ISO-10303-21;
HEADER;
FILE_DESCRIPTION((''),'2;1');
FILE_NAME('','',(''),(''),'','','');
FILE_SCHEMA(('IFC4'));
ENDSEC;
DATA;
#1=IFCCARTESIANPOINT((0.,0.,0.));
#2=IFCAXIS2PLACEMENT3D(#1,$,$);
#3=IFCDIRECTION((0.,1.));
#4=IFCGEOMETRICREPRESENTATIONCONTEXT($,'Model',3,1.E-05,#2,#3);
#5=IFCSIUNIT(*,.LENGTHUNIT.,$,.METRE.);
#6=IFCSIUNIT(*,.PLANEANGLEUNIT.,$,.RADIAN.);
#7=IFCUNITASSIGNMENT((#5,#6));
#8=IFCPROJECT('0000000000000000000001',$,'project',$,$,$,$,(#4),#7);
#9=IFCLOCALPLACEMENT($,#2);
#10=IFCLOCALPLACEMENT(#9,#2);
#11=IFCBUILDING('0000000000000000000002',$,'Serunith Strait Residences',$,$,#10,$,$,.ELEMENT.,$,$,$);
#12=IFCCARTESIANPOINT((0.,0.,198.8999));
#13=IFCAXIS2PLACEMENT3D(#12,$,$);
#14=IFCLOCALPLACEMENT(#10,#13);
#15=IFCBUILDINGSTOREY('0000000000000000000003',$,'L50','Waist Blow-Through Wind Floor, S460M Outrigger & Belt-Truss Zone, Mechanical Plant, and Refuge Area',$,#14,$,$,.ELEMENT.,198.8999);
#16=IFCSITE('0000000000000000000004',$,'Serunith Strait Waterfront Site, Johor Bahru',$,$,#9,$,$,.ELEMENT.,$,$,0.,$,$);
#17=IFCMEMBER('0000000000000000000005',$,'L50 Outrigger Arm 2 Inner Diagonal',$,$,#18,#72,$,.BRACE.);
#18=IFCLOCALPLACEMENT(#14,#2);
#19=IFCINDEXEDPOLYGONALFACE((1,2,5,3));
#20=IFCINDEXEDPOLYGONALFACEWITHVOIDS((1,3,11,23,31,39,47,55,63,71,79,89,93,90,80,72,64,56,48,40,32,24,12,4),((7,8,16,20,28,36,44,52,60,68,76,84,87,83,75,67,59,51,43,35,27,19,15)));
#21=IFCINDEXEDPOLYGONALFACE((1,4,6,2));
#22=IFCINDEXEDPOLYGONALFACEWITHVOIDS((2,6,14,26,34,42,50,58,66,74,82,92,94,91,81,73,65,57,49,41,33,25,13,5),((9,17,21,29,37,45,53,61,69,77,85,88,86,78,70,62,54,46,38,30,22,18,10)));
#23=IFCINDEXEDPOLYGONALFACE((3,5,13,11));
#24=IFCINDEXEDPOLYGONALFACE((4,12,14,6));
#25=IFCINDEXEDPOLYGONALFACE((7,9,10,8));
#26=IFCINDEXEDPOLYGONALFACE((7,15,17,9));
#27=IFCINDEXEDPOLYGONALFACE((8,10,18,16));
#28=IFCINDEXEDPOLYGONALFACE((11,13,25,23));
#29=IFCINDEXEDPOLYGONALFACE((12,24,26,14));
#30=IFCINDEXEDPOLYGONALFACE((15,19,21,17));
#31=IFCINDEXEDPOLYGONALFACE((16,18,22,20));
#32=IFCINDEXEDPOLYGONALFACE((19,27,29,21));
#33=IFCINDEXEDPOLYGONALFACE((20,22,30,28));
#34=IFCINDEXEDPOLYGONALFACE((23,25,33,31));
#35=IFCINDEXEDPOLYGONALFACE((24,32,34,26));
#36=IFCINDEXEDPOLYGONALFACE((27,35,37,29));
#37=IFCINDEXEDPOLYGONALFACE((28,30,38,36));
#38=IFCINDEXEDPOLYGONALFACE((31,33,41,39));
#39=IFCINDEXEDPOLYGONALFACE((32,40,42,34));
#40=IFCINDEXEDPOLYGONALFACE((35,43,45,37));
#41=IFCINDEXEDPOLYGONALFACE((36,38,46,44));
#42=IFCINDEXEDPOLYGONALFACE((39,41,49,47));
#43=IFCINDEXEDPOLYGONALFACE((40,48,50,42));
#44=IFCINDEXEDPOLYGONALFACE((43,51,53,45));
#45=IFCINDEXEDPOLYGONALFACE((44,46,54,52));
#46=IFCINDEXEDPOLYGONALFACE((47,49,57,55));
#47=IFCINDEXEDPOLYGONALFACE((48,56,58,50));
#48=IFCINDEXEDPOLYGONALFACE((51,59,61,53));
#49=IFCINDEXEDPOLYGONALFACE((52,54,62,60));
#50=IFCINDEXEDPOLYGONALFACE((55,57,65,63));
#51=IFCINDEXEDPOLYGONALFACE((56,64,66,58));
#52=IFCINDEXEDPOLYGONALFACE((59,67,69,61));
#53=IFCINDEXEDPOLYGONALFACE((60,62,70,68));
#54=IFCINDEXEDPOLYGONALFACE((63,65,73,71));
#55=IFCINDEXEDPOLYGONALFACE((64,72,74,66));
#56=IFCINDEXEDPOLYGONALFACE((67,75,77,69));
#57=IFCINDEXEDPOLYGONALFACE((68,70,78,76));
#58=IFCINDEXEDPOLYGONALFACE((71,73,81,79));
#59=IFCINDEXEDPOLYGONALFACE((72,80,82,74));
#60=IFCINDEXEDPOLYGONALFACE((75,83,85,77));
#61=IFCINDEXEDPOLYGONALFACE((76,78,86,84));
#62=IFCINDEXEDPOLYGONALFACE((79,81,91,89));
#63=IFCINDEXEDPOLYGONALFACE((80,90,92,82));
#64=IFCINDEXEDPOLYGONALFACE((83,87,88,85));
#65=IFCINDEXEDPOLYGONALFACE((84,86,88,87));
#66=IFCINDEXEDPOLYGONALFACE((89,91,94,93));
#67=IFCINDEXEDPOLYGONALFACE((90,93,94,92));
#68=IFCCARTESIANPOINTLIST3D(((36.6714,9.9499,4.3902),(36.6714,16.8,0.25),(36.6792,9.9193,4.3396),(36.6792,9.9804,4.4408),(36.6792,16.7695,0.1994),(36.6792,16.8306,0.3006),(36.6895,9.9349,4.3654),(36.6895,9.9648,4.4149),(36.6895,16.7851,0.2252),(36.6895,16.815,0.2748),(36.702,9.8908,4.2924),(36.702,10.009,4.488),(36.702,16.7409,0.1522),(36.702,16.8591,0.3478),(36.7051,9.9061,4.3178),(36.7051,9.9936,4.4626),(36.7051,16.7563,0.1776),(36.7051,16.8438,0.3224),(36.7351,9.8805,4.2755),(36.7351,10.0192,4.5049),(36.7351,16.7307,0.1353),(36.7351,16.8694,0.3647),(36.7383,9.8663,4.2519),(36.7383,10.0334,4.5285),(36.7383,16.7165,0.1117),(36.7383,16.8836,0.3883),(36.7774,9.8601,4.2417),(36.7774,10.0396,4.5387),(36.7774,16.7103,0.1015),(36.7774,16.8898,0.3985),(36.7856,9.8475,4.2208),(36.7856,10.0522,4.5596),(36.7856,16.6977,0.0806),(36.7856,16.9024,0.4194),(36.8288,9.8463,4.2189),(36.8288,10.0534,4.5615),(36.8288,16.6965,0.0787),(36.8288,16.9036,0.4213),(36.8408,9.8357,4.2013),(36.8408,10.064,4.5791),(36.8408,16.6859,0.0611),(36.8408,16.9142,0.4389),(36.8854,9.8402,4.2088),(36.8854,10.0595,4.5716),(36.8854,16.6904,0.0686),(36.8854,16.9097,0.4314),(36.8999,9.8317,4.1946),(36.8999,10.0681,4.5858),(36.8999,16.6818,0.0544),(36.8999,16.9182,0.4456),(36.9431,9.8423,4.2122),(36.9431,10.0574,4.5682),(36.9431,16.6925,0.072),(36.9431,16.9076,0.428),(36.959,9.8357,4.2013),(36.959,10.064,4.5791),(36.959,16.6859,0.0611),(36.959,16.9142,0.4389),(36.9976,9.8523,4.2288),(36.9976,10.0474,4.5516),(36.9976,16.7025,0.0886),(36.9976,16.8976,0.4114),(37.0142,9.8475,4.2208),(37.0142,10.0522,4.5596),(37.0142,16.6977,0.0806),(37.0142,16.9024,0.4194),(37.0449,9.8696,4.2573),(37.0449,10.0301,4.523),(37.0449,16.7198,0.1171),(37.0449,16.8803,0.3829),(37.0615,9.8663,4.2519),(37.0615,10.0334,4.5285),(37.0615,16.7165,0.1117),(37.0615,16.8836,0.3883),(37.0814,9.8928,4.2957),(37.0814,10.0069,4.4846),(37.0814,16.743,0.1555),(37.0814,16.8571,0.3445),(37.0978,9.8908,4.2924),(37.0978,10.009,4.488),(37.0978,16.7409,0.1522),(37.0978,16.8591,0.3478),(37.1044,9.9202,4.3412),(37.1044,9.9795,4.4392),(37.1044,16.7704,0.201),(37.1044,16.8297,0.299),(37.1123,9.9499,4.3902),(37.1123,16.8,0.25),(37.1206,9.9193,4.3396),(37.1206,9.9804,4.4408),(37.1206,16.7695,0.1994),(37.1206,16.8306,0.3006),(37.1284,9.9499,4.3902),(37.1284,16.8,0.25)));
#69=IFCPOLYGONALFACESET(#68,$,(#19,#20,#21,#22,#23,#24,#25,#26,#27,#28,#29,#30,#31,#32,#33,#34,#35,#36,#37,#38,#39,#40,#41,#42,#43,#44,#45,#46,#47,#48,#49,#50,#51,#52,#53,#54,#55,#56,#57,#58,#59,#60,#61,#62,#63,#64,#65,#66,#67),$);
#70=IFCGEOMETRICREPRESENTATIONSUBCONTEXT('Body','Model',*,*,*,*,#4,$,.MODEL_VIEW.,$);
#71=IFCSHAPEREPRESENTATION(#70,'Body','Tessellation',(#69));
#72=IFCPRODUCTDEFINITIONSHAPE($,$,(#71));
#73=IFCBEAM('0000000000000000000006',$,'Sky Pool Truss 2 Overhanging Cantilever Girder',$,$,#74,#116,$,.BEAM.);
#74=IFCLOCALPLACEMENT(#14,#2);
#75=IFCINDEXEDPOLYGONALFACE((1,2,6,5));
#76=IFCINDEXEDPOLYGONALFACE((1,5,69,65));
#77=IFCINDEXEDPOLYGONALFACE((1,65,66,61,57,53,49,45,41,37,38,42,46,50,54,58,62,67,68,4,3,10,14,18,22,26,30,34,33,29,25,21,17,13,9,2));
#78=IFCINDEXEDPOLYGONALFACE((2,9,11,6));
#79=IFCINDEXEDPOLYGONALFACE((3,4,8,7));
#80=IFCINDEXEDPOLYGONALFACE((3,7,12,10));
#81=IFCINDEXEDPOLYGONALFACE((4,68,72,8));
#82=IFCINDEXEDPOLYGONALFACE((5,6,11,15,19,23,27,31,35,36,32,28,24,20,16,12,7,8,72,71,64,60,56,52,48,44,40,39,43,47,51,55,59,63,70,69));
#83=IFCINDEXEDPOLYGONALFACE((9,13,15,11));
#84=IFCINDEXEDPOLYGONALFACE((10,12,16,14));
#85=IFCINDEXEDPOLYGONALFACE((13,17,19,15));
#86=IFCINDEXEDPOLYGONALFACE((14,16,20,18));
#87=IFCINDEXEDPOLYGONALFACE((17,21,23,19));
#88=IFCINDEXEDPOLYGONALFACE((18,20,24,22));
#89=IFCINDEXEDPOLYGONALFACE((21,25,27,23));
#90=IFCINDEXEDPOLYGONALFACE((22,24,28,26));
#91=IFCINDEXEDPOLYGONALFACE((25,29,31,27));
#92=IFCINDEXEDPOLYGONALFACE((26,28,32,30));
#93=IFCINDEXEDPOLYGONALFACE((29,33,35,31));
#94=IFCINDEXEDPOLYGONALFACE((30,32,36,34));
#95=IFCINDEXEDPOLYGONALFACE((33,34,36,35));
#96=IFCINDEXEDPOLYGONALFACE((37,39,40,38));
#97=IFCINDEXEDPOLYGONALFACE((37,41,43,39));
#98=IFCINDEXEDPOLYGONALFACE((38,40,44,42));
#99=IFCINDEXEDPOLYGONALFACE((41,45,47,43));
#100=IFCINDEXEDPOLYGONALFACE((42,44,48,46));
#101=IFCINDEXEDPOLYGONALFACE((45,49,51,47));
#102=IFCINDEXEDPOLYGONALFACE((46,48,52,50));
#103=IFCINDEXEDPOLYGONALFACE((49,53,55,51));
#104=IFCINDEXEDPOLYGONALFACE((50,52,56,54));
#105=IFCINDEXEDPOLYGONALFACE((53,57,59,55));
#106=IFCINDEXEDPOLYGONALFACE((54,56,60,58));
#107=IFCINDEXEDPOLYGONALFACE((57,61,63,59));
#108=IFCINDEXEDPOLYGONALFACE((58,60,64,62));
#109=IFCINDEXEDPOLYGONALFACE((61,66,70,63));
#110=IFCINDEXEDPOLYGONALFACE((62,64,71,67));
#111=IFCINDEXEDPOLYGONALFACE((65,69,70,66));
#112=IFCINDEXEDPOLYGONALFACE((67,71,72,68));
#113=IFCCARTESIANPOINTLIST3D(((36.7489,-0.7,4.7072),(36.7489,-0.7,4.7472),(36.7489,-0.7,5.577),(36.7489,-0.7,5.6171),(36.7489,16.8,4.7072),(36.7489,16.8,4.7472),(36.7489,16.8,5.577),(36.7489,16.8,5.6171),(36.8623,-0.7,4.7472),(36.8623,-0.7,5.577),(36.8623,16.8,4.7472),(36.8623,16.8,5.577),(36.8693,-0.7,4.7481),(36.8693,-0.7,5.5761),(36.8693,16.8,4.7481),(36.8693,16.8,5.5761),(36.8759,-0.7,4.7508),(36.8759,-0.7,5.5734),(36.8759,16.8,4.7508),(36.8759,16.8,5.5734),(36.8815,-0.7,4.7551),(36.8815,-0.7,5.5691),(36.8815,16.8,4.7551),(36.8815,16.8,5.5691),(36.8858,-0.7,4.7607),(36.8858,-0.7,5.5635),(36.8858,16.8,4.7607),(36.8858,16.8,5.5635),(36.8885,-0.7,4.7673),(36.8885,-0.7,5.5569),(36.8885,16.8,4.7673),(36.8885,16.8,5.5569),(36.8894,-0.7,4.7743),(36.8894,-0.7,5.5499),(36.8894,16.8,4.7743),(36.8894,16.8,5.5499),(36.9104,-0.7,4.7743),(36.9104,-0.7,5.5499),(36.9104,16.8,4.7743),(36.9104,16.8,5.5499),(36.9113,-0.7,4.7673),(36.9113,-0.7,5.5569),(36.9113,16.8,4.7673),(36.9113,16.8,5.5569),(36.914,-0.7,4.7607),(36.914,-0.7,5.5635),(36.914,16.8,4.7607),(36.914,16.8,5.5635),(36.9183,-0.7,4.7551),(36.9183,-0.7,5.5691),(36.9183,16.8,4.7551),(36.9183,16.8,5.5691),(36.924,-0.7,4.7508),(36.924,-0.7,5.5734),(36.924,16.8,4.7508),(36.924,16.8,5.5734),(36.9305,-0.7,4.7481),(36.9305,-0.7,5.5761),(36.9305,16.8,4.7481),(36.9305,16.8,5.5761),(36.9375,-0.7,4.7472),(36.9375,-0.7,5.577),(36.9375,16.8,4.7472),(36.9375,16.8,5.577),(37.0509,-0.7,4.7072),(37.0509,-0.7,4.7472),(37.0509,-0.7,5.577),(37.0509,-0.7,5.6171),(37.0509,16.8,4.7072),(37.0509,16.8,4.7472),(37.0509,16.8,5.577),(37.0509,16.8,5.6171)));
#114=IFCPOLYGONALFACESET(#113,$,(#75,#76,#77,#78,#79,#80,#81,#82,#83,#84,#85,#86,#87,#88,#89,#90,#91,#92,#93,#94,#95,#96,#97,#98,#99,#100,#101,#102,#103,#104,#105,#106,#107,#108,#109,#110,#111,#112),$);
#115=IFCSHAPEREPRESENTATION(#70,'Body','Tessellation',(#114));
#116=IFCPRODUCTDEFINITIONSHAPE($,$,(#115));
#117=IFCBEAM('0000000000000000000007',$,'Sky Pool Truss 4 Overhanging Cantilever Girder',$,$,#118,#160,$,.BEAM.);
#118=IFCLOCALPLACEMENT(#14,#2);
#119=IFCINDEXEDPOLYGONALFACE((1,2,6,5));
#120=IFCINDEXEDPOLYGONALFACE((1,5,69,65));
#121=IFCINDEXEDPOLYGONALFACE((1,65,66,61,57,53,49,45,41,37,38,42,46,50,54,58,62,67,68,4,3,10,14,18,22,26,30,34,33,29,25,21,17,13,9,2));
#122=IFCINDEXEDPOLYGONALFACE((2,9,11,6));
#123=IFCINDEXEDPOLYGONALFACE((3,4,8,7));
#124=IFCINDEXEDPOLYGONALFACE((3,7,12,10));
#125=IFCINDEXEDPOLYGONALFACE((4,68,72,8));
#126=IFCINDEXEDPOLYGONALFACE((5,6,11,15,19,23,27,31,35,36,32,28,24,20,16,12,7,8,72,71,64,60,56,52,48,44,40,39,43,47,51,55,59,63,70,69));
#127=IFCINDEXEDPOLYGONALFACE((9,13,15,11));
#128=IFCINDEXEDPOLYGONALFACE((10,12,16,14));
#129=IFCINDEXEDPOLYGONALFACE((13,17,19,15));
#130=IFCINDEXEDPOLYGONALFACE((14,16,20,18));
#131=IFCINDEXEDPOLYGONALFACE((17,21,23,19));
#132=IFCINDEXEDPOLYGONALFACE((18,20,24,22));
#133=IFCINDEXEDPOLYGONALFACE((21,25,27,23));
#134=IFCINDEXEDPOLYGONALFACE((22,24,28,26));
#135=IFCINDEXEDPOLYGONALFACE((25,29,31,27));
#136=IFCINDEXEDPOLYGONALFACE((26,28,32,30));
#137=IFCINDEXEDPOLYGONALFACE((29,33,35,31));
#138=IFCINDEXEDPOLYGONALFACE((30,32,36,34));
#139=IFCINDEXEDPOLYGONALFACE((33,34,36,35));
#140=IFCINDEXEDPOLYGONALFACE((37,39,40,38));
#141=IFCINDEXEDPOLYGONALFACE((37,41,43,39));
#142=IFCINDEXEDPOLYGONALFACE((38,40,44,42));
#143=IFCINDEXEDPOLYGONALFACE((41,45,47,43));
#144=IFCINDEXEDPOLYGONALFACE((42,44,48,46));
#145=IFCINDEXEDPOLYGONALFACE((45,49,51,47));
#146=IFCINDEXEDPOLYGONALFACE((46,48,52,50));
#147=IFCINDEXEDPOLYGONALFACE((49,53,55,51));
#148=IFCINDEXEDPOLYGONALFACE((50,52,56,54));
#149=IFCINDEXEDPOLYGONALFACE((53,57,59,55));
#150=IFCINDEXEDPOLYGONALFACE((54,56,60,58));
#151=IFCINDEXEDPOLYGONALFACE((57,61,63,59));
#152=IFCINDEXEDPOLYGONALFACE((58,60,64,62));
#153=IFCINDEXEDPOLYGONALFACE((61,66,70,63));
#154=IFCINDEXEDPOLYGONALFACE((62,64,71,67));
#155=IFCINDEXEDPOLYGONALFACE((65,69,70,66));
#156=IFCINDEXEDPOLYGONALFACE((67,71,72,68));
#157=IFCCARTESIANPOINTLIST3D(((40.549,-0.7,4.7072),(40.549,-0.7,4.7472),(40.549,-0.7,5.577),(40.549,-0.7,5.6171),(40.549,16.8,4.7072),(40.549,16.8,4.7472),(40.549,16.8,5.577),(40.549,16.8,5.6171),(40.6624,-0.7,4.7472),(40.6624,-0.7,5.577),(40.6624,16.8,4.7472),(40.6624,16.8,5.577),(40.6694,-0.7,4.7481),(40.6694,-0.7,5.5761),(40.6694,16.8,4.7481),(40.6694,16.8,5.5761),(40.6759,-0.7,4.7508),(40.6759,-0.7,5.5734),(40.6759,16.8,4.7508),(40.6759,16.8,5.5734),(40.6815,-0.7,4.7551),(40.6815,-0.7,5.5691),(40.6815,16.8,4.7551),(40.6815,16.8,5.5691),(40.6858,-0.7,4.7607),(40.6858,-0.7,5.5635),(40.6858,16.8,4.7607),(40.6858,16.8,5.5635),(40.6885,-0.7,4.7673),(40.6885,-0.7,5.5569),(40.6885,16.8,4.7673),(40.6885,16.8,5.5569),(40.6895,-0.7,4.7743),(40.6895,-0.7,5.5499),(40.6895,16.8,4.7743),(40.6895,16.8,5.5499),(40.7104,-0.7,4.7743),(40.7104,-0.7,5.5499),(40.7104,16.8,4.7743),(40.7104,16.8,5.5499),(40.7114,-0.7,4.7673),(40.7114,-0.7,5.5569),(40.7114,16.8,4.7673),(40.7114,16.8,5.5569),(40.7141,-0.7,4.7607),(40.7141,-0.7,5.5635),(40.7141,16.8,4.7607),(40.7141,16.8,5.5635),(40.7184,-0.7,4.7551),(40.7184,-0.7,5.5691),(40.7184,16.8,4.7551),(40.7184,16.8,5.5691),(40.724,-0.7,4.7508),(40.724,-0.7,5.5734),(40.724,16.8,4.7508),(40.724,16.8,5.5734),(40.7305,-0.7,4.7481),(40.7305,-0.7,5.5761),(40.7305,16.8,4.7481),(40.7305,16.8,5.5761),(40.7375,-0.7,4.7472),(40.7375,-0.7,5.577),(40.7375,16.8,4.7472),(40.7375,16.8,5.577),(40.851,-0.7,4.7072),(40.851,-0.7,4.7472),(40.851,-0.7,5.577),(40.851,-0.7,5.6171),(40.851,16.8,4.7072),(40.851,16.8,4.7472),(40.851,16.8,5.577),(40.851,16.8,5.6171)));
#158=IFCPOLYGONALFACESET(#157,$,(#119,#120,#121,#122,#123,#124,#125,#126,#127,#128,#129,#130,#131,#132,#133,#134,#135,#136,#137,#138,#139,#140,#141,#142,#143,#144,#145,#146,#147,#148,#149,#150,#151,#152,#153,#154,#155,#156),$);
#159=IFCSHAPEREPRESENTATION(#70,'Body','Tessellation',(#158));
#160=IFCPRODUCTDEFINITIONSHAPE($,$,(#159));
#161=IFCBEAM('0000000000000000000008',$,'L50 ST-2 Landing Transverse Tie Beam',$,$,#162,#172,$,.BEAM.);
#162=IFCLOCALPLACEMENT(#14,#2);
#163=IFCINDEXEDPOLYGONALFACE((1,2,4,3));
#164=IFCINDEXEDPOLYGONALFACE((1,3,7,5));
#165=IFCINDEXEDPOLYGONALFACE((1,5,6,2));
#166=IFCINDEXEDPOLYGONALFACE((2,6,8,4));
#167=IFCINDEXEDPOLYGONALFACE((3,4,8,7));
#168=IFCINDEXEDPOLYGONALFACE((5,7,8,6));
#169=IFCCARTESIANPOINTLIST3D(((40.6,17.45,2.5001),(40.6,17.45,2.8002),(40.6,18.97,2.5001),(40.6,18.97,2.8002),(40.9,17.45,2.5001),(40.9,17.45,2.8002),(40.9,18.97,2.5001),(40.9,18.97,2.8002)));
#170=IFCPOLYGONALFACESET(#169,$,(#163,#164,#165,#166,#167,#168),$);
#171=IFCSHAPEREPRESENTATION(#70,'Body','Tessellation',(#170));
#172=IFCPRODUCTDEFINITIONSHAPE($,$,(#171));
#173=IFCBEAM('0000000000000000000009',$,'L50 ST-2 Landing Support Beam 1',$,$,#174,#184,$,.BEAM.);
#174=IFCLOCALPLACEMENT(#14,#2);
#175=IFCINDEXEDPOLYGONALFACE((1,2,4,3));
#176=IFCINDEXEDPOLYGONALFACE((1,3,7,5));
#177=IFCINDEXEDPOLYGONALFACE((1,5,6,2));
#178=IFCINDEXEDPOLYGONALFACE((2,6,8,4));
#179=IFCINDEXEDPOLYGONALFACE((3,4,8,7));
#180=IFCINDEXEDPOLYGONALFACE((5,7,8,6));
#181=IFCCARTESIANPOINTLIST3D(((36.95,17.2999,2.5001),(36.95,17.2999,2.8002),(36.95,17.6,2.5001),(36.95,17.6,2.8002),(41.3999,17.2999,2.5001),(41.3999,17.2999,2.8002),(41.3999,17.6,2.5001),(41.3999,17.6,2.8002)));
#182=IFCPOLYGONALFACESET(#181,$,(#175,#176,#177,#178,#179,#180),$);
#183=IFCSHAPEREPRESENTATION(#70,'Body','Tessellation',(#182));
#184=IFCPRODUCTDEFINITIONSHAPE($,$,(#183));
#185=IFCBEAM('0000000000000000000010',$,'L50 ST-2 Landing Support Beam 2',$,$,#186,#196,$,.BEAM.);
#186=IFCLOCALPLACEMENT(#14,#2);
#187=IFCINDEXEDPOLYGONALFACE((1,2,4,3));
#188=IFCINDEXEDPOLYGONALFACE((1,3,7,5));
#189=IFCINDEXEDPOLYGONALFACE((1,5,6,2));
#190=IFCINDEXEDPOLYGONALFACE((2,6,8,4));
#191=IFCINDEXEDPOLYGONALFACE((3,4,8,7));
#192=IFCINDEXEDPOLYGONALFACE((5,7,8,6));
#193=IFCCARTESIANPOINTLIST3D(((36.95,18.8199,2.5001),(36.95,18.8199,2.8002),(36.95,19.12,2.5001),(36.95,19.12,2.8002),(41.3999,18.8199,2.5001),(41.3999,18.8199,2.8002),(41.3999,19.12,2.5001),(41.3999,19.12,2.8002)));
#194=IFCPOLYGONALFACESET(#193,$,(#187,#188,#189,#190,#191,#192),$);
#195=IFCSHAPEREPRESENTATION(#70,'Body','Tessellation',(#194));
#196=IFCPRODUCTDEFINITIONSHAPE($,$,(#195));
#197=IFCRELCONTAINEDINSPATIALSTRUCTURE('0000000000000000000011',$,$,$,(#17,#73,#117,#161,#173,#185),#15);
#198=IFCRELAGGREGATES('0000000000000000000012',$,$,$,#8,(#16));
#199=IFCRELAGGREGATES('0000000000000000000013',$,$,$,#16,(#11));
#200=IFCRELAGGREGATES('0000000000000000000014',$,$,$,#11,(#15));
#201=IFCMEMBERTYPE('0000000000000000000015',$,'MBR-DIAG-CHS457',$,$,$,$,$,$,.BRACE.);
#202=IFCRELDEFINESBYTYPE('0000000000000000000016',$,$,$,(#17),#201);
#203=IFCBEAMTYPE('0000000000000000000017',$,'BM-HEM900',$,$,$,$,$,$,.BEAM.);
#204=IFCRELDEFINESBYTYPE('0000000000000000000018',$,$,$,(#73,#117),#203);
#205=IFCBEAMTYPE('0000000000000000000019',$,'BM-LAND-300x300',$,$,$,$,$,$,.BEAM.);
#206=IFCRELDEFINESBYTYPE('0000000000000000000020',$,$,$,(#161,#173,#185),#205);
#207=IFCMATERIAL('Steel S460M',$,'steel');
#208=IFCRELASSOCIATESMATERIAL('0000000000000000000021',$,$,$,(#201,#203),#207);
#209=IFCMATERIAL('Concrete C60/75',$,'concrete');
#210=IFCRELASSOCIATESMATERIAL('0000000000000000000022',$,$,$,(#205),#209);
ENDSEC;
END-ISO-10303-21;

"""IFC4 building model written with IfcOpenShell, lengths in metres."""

from ifc_helpers import new_model, si_unit, direction, frame, origin, origin_2d, place, context, subcontext, project, spatial, rectangle, hollow_circle, i_section, extrude, source, transform, mapped, material, material_profile, profile_set, type_object, element, save


model = new_model("IFC4")

# Units and contexts
model_context = context("Model", 3, precision=1e-05, world=origin(), true_north=direction((0.0, 1.0)))
body_context = subcontext(model_context, "Body", "Model", "MODEL_VIEW")
ifc_project = project(units=[si_unit("LENGTHUNIT", "METRE"), si_unit("PLANEANGLEUNIT", "RADIAN")], contexts=[model_context])

# Site, building, storey
site_placement = place(None, origin())
site = spatial("IfcSite", under=ifc_project, at=site_placement, Name="Serunith Strait Waterfront Site, Johor Bahru", CompositionType="ELEMENT", RefElevation=0.0)
building_placement = place(site_placement, origin())
building = spatial("IfcBuilding", under=site, at=building_placement, Name="Serunith Strait Residences", CompositionType="ELEMENT")
storey_placement = place(building_placement, frame((0.0, 0.0, 198.8999)))
storey = spatial("IfcBuildingStorey", under=building, at=storey_placement, Name="L50", Description="Waist Blow-Through Wind Floor, S460M Outrigger & Belt-Truss Zone, Mechanical Plant, and Refuge Area", CompositionType="ELEMENT", Elevation=198.8999)

# Member
ifc_material_1 = material(Name="Steel S460M", Category="steel")
ifc_material_profile_1 = material_profile(ifc_material_1, hollow_circle(Radius=0.2285, WallThickness=0.0161, at=origin_2d()), Name="CHS 457x16")
ifc_profile_set_1 = profile_set([ifc_material_profile_1], Name="Steel S460M")
member_type_1 = type_object("IfcMemberType", Name="MBR-DIAG-CHS457", PredefinedType="BRACE", material=ifc_profile_set_1)
shared_shape_1 = source(origin(), body_context, "Body", "SweptSolid", [
    extrude(hollow_circle(Radius=0.2285, WallThickness=0.0161, at=origin_2d()), origin(), (0.0, 0.0, 1.0), 8.0042),
])
member_placement = place(storey_placement, frame((36.8999, 16.8, 0.25), z_axis=(0.0, -0.855831, 0.517256), x_axis=(1.0, 0.0, 0.0)))
element("IfcMember", 1, at=member_placement, inside=storey, type_object=member_type_1, Name="L50 Outrigger Arm 2 Inner Diagonal", PredefinedType="BRACE", context=body_context, shape_type="MappedRepresentation", body=[
    mapped(shared_shape_1, transform((0.0, 0.0, 0.0), scale=1.0)),
])

# Beams
ifc_material_profile_2 = material_profile(ifc_material_1, i_section(OverallWidth=0.302, OverallDepth=0.9099, WebThickness=0.021, FlangeThickness=0.04, FilletRadius=0.0271, at=origin_2d()), Name="HEM 900")
ifc_profile_set_2 = profile_set([ifc_material_profile_2], Name="Steel S460M")
beam_type_1 = type_object("IfcBeamType", Name="BM-HEM900", PredefinedType="BEAM", material=ifc_profile_set_2)
shared_shape_2 = source(origin(), body_context, "Body", "SweptSolid", [
    extrude(i_section(OverallWidth=0.302, OverallDepth=0.9099, WebThickness=0.021, FlangeThickness=0.04, FilletRadius=0.0271, at=origin_2d()), origin(), (0.0, 0.0, 1.0), 17.5),
])
for number, where, z_axis, x_axis, name in (
    (2, (36.8999, 16.8, 5.1621), (0.0, -1.0, 0.0), (1.0, 0.0, 0.0), "Sky Pool Truss 2 Overhanging Cantilever Girder"),
    (3, (40.7, 16.8, 5.1621), (0.0, -1.0, 0.0), (1.0, 0.0, 0.0), "Sky Pool Truss 4 Overhanging Cantilever Girder"),
):
    element("IfcBeam", number, at=place(storey_placement, frame(where, z_axis=z_axis, x_axis=x_axis)), inside=storey, type_object=beam_type_1, Name=name, PredefinedType="BEAM", context=body_context, shape_type="MappedRepresentation", body=[
        mapped(shared_shape_2, transform((0.0, 0.0, 0.0), scale=1.0)),
    ])
ifc_material_2 = material(Name="Concrete C60/75", Category="concrete")
ifc_material_profile_3 = material_profile(ifc_material_2, rectangle(XDim=0.3, YDim=0.3, at=origin_2d()), Name="RC 300x300")
ifc_profile_set_3 = profile_set([ifc_material_profile_3], Name="Concrete C60/75")
beam_type_2 = type_object("IfcBeamType", Name="BM-LAND-300x300", PredefinedType="BEAM", material=ifc_profile_set_3)
shared_shape_3 = source(origin(), body_context, "Body", "SweptSolid", [
    extrude(rectangle(XDim=0.3, YDim=0.3, at=origin_2d()), origin(), (0.0, 0.0, 1.0), 1.52),
])
beam_1_placement = place(storey_placement, frame((40.75, 17.45, 2.6501), z_axis=(0.0, 1.0, 0.0), x_axis=(-1.0, 0.0, 0.0)))
element("IfcBeam", 4, at=beam_1_placement, inside=storey, type_object=beam_type_2, Name="L50 ST-2 Landing Transverse Tie Beam", PredefinedType="BEAM", context=body_context, shape_type="MappedRepresentation", body=[
    mapped(shared_shape_3, transform((0.0, 0.0, 0.0), scale=1.0)),
])
shared_shape_4 = source(origin(), body_context, "Body", "SweptSolid", [
    extrude(rectangle(XDim=0.3, YDim=0.3, at=origin_2d()), origin(), (0.0, 0.0, 1.0), 4.45),
])
for number, where, z_axis, x_axis, name in (
    (5, (36.95, 17.45, 2.6501), (1.0, 0.0, 0.0), (0.0, 1.0, 0.0), "L50 ST-2 Landing Support Beam 1"),
    (6, (36.95, 18.97, 2.6501), (1.0, 0.0, 0.0), (0.0, 1.0, 0.0), "L50 ST-2 Landing Support Beam 2"),
):
    element("IfcBeam", number, at=place(storey_placement, frame(where, z_axis=z_axis, x_axis=x_axis)), inside=storey, type_object=beam_type_2, Name=name, PredefinedType="BEAM", context=body_context, shape_type="MappedRepresentation", body=[
        mapped(shared_shape_4, transform((0.0, 0.0, 0.0), scale=1.0)),
    ])

save(model, "model.ifc")
